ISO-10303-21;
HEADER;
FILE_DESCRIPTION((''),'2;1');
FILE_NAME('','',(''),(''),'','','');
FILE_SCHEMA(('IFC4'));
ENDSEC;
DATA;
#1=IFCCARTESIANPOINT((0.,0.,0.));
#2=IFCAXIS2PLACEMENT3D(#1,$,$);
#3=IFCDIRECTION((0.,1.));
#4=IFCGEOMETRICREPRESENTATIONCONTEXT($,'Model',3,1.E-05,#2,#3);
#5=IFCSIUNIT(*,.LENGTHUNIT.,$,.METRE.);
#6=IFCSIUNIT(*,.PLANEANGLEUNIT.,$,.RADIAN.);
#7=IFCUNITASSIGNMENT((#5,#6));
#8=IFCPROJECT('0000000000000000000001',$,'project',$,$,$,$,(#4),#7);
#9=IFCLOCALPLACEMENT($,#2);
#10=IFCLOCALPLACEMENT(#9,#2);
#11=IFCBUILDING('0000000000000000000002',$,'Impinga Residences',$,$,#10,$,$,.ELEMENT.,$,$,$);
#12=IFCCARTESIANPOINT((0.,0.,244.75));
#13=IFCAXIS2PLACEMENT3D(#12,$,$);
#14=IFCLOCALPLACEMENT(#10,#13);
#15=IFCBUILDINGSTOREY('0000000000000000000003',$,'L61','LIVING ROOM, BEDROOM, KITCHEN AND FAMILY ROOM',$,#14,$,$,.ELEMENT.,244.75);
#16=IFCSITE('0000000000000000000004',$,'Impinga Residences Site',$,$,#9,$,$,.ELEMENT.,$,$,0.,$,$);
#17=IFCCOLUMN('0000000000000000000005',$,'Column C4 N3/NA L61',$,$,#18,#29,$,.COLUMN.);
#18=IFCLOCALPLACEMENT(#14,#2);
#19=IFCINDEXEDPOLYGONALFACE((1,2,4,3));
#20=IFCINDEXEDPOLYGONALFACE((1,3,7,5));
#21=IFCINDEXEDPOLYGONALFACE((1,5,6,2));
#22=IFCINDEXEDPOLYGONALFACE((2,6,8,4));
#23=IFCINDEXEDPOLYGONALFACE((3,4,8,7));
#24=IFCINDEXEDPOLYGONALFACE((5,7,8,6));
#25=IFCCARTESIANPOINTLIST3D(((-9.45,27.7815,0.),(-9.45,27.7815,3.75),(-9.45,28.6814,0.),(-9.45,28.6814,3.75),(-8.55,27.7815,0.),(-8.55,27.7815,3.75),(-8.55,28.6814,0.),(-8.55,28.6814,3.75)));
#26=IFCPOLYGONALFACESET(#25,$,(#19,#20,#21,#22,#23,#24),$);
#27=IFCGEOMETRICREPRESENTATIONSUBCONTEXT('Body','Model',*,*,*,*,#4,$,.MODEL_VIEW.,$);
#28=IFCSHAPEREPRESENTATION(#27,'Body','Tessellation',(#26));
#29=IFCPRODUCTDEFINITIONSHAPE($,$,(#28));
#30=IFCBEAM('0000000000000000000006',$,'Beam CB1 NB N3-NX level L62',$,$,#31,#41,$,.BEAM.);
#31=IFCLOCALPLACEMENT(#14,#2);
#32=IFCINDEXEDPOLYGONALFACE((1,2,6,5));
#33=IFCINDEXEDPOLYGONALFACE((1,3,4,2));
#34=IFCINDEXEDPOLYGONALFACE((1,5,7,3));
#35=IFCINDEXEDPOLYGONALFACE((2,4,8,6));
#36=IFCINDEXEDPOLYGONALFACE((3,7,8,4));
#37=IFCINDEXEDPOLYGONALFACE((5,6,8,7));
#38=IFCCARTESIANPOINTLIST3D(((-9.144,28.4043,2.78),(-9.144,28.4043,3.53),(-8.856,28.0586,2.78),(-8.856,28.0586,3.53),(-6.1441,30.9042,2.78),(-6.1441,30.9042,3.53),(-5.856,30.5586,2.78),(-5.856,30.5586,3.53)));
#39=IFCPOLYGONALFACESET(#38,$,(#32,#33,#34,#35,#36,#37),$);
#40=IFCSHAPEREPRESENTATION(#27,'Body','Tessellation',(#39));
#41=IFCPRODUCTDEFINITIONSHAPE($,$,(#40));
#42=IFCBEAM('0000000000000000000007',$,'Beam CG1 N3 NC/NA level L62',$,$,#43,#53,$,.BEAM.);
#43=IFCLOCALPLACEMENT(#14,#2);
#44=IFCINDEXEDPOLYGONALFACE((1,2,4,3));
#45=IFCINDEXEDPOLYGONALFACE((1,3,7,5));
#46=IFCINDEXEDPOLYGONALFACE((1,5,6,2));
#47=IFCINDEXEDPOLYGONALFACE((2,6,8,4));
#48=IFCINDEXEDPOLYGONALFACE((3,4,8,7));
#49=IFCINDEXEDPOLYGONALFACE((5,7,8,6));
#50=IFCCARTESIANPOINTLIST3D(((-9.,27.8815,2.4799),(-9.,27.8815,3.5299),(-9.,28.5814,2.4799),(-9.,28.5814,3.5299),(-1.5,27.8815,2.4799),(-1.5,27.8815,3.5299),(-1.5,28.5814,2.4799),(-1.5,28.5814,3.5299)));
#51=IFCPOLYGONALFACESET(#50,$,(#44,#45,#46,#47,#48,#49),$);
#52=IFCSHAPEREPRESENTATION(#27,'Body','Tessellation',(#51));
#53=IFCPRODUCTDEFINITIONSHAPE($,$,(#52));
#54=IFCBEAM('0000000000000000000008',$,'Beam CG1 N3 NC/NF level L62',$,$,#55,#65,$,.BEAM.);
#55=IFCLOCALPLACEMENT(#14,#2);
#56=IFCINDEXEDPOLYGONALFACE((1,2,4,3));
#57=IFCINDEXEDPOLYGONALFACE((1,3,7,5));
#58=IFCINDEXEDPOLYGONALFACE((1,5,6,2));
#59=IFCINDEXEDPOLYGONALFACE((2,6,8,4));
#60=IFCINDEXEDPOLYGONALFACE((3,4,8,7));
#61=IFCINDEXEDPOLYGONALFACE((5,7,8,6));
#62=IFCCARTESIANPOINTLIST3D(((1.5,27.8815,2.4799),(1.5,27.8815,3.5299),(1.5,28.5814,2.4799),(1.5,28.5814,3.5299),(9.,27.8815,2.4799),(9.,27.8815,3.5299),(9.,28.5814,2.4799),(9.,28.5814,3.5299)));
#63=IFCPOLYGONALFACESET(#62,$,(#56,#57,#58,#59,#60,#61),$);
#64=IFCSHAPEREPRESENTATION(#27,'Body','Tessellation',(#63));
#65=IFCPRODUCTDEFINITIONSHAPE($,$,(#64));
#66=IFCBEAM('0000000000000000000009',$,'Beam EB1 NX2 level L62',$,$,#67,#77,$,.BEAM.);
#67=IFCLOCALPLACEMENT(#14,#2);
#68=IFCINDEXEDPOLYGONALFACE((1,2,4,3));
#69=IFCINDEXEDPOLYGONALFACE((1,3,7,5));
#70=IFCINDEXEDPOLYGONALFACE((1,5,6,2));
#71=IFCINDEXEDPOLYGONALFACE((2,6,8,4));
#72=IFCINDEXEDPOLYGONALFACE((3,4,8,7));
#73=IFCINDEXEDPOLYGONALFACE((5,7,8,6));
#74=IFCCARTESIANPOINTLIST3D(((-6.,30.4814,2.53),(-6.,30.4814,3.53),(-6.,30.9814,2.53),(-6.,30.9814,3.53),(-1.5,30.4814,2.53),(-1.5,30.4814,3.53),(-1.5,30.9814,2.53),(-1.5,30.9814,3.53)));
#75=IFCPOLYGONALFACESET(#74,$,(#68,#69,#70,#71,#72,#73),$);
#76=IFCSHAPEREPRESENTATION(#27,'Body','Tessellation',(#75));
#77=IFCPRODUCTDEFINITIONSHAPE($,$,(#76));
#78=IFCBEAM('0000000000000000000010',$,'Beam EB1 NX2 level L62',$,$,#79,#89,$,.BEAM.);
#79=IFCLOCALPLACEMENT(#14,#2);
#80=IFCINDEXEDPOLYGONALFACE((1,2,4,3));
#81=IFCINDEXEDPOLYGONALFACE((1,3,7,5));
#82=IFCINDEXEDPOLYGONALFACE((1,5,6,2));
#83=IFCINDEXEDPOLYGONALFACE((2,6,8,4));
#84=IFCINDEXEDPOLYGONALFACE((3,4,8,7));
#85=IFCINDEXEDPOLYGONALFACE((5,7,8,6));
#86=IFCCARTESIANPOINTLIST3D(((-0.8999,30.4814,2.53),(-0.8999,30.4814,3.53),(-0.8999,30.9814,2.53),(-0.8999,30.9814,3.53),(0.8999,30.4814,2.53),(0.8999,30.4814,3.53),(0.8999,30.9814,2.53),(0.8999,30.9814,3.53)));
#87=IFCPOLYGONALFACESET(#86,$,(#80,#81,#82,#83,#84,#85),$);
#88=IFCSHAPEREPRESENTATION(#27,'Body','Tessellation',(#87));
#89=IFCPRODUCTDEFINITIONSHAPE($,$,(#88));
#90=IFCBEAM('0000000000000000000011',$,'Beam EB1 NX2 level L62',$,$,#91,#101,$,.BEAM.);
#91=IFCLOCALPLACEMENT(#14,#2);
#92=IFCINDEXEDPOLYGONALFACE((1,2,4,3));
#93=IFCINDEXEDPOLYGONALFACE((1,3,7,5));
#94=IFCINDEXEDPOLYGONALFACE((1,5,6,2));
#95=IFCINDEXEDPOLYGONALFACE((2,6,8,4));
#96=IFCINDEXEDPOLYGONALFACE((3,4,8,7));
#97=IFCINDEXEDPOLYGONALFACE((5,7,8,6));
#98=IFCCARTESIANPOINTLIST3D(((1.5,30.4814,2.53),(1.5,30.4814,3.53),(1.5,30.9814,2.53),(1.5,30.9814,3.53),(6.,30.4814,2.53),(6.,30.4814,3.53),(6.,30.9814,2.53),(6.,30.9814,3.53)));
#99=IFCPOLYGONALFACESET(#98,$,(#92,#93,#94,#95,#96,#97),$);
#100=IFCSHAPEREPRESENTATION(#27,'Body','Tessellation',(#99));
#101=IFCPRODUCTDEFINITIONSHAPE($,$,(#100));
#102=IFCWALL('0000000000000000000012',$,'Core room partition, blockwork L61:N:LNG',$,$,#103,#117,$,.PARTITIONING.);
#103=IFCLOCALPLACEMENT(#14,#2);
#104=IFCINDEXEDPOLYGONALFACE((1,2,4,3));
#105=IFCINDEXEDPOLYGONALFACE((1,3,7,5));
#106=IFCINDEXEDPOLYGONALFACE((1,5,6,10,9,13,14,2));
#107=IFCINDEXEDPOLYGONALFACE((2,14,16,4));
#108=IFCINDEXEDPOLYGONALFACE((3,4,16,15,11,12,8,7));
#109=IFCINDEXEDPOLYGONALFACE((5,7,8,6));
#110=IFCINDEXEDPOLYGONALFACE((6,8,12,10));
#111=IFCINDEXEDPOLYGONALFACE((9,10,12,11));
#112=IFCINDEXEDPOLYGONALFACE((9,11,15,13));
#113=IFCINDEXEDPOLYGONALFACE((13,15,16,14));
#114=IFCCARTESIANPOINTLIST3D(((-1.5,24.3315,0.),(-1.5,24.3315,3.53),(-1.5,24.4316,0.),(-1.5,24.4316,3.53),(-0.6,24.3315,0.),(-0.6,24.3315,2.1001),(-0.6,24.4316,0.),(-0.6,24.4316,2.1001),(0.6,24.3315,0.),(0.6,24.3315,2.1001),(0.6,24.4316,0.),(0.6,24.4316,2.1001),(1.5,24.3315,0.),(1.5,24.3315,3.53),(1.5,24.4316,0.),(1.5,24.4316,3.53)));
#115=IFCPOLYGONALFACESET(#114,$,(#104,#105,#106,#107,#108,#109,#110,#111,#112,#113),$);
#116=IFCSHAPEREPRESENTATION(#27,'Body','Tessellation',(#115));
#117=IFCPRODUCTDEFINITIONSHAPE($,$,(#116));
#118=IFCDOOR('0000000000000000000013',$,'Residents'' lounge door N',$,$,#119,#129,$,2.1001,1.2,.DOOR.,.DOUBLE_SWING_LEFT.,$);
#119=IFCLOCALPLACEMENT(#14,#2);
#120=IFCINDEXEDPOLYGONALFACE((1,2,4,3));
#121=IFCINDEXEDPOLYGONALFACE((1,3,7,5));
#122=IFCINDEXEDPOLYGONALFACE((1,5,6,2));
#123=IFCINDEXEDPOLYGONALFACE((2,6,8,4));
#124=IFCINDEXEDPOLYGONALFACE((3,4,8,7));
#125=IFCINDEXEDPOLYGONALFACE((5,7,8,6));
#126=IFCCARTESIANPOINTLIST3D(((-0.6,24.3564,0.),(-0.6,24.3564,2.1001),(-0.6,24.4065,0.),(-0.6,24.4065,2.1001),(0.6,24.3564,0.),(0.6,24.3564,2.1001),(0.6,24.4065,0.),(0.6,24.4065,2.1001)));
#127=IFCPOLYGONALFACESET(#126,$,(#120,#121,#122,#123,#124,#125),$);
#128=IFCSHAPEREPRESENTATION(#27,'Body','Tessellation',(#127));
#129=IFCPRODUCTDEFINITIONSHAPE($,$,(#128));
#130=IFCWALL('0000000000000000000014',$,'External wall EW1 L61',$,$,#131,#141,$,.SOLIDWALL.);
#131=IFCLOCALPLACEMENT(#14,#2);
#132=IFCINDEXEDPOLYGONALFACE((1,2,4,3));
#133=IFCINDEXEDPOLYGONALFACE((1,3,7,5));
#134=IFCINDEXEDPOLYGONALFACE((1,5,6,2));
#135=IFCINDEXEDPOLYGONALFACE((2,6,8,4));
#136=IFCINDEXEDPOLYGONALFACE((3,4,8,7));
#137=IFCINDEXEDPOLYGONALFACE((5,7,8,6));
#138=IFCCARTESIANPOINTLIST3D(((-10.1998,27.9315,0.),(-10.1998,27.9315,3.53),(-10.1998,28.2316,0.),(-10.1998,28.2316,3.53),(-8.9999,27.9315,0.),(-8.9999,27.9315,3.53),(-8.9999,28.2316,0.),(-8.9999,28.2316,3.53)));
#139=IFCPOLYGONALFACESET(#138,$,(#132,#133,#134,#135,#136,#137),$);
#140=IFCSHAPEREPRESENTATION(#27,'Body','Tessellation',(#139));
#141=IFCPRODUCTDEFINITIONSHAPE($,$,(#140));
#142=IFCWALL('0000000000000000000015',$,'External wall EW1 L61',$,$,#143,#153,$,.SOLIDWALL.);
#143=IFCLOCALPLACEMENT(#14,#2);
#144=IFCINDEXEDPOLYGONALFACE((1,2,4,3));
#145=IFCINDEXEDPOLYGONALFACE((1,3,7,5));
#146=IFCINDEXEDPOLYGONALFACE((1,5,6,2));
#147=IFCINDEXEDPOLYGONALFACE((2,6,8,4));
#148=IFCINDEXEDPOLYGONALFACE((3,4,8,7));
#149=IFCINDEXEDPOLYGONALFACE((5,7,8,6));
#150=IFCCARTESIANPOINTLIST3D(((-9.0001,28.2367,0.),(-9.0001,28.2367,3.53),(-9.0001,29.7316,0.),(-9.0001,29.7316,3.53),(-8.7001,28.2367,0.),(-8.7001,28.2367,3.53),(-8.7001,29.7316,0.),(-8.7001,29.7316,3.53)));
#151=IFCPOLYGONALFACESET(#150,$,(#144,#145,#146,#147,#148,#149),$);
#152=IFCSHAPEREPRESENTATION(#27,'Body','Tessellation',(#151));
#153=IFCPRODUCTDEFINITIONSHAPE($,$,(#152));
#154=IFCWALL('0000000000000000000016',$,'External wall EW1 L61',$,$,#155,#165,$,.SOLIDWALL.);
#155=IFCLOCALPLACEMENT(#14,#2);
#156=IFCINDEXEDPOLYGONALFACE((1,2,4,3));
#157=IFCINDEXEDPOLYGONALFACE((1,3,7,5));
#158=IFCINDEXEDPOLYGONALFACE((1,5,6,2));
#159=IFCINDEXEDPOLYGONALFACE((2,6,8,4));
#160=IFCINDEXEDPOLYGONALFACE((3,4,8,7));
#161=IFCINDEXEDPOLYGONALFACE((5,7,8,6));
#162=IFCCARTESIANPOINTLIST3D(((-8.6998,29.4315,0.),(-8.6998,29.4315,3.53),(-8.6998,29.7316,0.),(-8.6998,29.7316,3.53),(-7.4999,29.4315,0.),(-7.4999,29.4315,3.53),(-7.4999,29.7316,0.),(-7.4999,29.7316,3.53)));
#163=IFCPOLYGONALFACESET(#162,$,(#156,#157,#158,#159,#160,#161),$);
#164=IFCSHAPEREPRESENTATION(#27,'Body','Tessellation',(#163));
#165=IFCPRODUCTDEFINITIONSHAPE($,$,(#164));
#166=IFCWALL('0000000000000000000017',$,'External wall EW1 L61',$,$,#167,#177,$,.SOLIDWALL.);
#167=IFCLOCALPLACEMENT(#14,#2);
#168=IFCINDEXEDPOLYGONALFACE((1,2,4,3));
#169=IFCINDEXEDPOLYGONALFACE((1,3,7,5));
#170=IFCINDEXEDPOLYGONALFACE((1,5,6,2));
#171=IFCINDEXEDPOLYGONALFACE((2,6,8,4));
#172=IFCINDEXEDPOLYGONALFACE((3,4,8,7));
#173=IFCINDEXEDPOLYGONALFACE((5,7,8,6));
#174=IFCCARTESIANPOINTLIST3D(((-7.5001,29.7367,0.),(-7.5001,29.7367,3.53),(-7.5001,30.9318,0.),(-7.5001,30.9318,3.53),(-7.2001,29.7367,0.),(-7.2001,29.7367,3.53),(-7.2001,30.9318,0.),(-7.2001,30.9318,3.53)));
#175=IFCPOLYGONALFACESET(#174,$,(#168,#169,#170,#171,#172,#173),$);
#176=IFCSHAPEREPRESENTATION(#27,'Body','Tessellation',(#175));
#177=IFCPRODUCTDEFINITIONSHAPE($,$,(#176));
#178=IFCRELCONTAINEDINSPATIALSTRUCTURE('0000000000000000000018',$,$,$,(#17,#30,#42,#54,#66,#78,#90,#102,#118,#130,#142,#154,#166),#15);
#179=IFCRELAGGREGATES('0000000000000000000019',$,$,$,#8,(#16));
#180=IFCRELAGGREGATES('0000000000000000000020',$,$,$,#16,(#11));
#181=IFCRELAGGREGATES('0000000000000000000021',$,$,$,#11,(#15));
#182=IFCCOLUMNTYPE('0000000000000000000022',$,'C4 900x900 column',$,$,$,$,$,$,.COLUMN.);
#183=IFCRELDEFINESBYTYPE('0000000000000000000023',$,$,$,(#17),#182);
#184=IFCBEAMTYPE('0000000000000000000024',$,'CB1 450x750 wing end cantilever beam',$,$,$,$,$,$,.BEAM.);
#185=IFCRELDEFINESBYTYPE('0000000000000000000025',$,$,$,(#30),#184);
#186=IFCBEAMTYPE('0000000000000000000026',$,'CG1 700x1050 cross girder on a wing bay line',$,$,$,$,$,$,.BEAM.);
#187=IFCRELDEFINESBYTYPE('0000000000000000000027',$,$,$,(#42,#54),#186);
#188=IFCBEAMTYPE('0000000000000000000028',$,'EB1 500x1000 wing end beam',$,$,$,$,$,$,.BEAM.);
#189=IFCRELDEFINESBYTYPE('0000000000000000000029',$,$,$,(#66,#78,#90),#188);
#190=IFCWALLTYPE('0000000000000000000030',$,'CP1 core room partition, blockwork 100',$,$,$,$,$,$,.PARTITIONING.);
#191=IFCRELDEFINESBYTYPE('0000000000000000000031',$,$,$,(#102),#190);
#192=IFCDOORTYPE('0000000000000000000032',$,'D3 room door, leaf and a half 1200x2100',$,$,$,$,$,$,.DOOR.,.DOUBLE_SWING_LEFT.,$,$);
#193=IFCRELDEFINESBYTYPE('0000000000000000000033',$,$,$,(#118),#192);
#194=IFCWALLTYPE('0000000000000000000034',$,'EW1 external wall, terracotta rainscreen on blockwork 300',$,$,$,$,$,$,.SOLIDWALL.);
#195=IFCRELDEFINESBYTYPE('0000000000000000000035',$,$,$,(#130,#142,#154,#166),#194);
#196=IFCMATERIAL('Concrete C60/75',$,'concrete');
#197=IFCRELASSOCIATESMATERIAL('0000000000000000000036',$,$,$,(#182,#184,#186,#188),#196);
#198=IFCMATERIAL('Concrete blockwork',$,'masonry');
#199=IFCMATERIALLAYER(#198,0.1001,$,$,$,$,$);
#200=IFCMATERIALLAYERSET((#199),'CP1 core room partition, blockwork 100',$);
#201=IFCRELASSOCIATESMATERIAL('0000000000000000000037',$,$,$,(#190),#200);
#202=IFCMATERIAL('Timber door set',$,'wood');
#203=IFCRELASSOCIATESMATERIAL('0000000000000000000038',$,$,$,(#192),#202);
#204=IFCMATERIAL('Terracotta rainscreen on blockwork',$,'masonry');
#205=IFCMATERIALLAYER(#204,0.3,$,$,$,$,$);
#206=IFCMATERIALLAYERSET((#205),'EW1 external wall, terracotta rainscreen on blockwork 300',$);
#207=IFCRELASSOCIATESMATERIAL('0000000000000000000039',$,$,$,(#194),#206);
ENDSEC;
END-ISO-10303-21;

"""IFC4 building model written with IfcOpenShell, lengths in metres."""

from ifc_helpers import new_model, si_unit, direction, frame, frame_2d, origin, origin_2d, place, context, subcontext, project, spatial, rectangle, extrude, material, layer, layer_set, material_profile, profile_set, type_object, element, fill, save


model = new_model("IFC4")

# Units and contexts
model_context = context("Model", 3, precision=1e-05, world=origin(), true_north=direction((0.0, 1.0)))
body_context = subcontext(model_context, "Body", "Model", "MODEL_VIEW")
ifc_project = project(units=[si_unit("LENGTHUNIT", "METRE"), si_unit("PLANEANGLEUNIT", "RADIAN")], contexts=[model_context])

# Site, building, storey
site_placement = place(None, origin())
site = spatial("IfcSite", under=ifc_project, at=site_placement, Name="Impinga Residences Site", CompositionType="ELEMENT", RefElevation=0.0)
building_placement = place(site_placement, origin())
building = spatial("IfcBuilding", under=site, at=building_placement, Name="Impinga Residences", CompositionType="ELEMENT")
storey_placement = place(building_placement, frame((0.0, 0.0, 244.75)))
storey = spatial("IfcBuildingStorey", under=building, at=storey_placement, Name="L61", Description="LIVING ROOM, BEDROOM, KITCHEN AND FAMILY ROOM", CompositionType="ELEMENT", Elevation=244.75)

# Column
ifc_material_1 = material(Name="Concrete C60/75", Category="concrete")
ifc_material_profile_1 = material_profile(ifc_material_1, rectangle(XDim=0.8999, YDim=0.8999, at=origin_2d()), Name="RC 900x900")
ifc_profile_set_1 = profile_set([ifc_material_profile_1], Name="Concrete C60/75")
column_type = type_object("IfcColumnType", Name="C4 900x900 column", PredefinedType="COLUMN", material=ifc_profile_set_1)
column_placement = place(storey_placement, frame((-9.0, 28.2314, 0.0), z_axis=(0.0, 0.0, 1.0), x_axis=(1.0, 0.0, 0.0)))
element("IfcColumn", 1, at=column_placement, inside=storey, type_object=column_type, Name="Column C4 N3/NA L61", PredefinedType="COLUMN", context=body_context, shape_type="SweptSolid", body=[
    extrude(rectangle(XDim=0.8999, YDim=0.8999, at=origin_2d()), origin(), (0.0, 0.0, 1.0), 3.75),
])

# Beams
ifc_material_profile_2 = material_profile(ifc_material_1, rectangle(XDim=0.45, YDim=0.75, at=origin_2d()), Name="RC 450x750")
ifc_profile_set_2 = profile_set([ifc_material_profile_2], Name="Concrete C60/75")
beam_type_1 = type_object("IfcBeamType", Name="CB1 450x750 wing end cantilever beam", PredefinedType="BEAM", material=ifc_profile_set_2)
beam_1_placement = place(storey_placement, frame((-9.0, 28.2314, 3.155), z_axis=(0.768221, 0.640184, 0.0), x_axis=(-0.640184, 0.768221, 0.0)))
element("IfcBeam", 2, at=beam_1_placement, inside=storey, type_object=beam_type_1, Name="Beam CB1 NB N3-NX level L62", PredefinedType="BEAM", context=body_context, shape_type="SweptSolid", body=[
    extrude(rectangle(XDim=0.45, YDim=0.75, at=origin_2d()), origin(), (0.0, 0.0, 1.0), 3.905),
])
ifc_material_profile_3 = material_profile(ifc_material_1, rectangle(XDim=0.7, YDim=1.05, at=origin_2d()), Name="RC 700x1050")
ifc_profile_set_3 = profile_set([ifc_material_profile_3], Name="Concrete C60/75")
beam_type_2 = type_object("IfcBeamType", Name="CG1 700x1050 cross girder on a wing bay line", PredefinedType="BEAM", material=ifc_profile_set_3)
for number, where, z_axis, x_axis, name in (
    (3, (-1.5, 28.2314, 3.0049), (-1.0, 0.0, 0.0), (0.0, -1.0, 0.0), "Beam CG1 N3 NC/NA level L62"),
    (4, (1.5, 28.2314, 3.0049), (1.0, 0.0, 0.0), (0.0, 1.0, 0.0), "Beam CG1 N3 NC/NF level L62"),
):
    element("IfcBeam", number, at=place(storey_placement, frame(where, z_axis=z_axis, x_axis=x_axis)), inside=storey, type_object=beam_type_2, Name=name, PredefinedType="BEAM", context=body_context, shape_type="SweptSolid", body=[
        extrude(rectangle(XDim=0.7, YDim=1.05, at=origin_2d()), origin(), (0.0, 0.0, 1.0), 7.5),
    ])
ifc_material_profile_4 = material_profile(ifc_material_1, rectangle(XDim=0.5, YDim=1.0, at=origin_2d()), Name="RC 500x1000")
ifc_profile_set_4 = profile_set([ifc_material_profile_4], Name="Concrete C60/75")
beam_type_3 = type_object("IfcBeamType", Name="EB1 500x1000 wing end beam", PredefinedType="BEAM", material=ifc_profile_set_4)
beam_2_placement = place(storey_placement, frame((-6.0, 30.7314, 3.03), z_axis=(1.0, 0.0, 0.0), x_axis=(0.0, 1.0, 0.0)))
element("IfcBeam", 5, at=beam_2_placement, inside=storey, type_object=beam_type_3, Name="Beam EB1 NX2 level L62", PredefinedType="BEAM", context=body_context, shape_type="SweptSolid", body=[
    extrude(rectangle(XDim=0.5, YDim=1.0, at=origin_2d()), origin(), (0.0, 0.0, 1.0), 4.5),
])
beam_3_placement = place(storey_placement, frame((-0.8999, 30.7314, 3.03), z_axis=(1.0, 0.0, 0.0), x_axis=(0.0, 1.0, 0.0)))
element("IfcBeam", 6, at=beam_3_placement, inside=storey, type_object=beam_type_3, Name="Beam EB1 NX2 level L62", PredefinedType="BEAM", context=body_context, shape_type="SweptSolid", body=[
    extrude(rectangle(XDim=0.5, YDim=1.0, at=origin_2d()), origin(), (0.0, 0.0, 1.0), 1.7998),
])
beam_4_placement = place(storey_placement, frame((1.5, 30.7314, 3.03), z_axis=(1.0, 0.0, 0.0), x_axis=(0.0, 1.0, 0.0)))
element("IfcBeam", 7, at=beam_4_placement, inside=storey, type_object=beam_type_3, Name="Beam EB1 NX2 level L62", PredefinedType="BEAM", context=body_context, shape_type="SweptSolid", body=[
    extrude(rectangle(XDim=0.5, YDim=1.0, at=origin_2d()), origin(), (0.0, 0.0, 1.0), 4.5),
])

# Wall, opening, door
ifc_material_2 = material(Name="Concrete blockwork", Category="masonry")
ifc_layer_1 = layer(ifc_material_2, 0.1001)
ifc_layer_set_1 = layer_set([ifc_layer_1], Name="CP1 core room partition, blockwork 100")
wall_type_1 = type_object("IfcWallType", Name="CP1 core room partition, blockwork 100", PredefinedType="PARTITIONING", material=ifc_layer_set_1)
wall_1_placement = place(storey_placement, frame((-1.5, 24.3816, 0.0), z_axis=(0.0, 0.0, 1.0), x_axis=(1.0, 0.0, 0.0)))
wall_1 = element("IfcWall", 8, at=wall_1_placement, inside=storey, type_object=wall_type_1, Name="Core room partition, blockwork L61:N:LNG", PredefinedType="PARTITIONING", context=body_context, shape_type="SweptSolid", body=[
    extrude(rectangle(XDim=3.0, YDim=0.1001, at=frame_2d((1.5, 0.0))), origin(), (0.0, 0.0, 1.0), 3.53),
])
opening_1_placement = place(wall_1_placement, frame((0.8999, 0.0, 0.0)))
opening_1 = element("IfcOpeningElement", 9, at=opening_1_placement, cuts=wall_1, PredefinedType="OPENING", context=body_context, shape_type="SweptSolid", body=[
    extrude(rectangle(XDim=1.2, YDim=2.1001, at=frame_2d((0.6001, 1.05))), frame((0.0, 0.0601, 0.0), z_axis=(0.0, -1.0, 0.0), x_axis=(1.0, 0.0, 0.0)), (0.0, 0.0, 1.0), 0.1201),
])
ifc_material_3 = material(Name="Timber door set", Category="wood")
door_type_1 = type_object("IfcDoorType", Name="D3 room door, leaf and a half 1200x2100", OperationType="DOUBLE_SWING_LEFT", PredefinedType="DOOR", material=ifc_material_3)
door_1_placement = place(opening_1_placement, origin())
door_1 = element("IfcDoor", 10, at=door_1_placement, inside=storey, type_object=door_type_1, Name="Residents' lounge door N", OperationType="DOUBLE_SWING_LEFT", OverallHeight=2.1001, OverallWidth=1.2, PredefinedType="DOOR", context=body_context, shape_type="SweptSolid", body=[
    extrude(rectangle(XDim=1.2, YDim=2.1001, at=frame_2d((0.6001, 1.05))), frame((0.0, 0.0249, 0.0), z_axis=(0.0, -1.0, 0.0), x_axis=(1.0, 0.0, 0.0)), (0.0, 0.0, 1.0), 0.05),
])
fill(opening_1, door_1)

# Walls
ifc_material_4 = material(Name="Terracotta rainscreen on blockwork", Category="masonry")
ifc_layer_2 = layer(ifc_material_4, 0.3)
ifc_layer_set_2 = layer_set([ifc_layer_2], Name="EW1 external wall, terracotta rainscreen on blockwork 300")
wall_type_2 = type_object("IfcWallType", Name="EW1 external wall, terracotta rainscreen on blockwork 300", PredefinedType="SOLIDWALL", material=ifc_layer_set_2)
wall_2_placement = place(storey_placement, frame((-10.2, 28.0815, 0.0), z_axis=(0.0, 0.0, 1.0), x_axis=(1.0, 0.0, 0.0)))
element("IfcWall", 11, at=wall_2_placement, inside=storey, type_object=wall_type_2, Name="External wall EW1 L61", PredefinedType="SOLIDWALL", context=body_context, shape_type="SweptSolid", body=[
    extrude(rectangle(XDim=1.2, YDim=0.3, at=frame_2d((0.6001, 0.0))), origin(), (0.0, 0.0, 1.0), 3.53),
])
wall_3_placement = place(storey_placement, frame((-8.8501, 28.2366, 0.0), z_axis=(0.0, 0.0, 1.0), x_axis=(0.0, 1.0, 0.0)))
element("IfcWall", 12, at=wall_3_placement, inside=storey, type_object=wall_type_2, Name="External wall EW1 L61", PredefinedType="SOLIDWALL", context=body_context, shape_type="SweptSolid", body=[
    extrude(rectangle(XDim=1.4949, YDim=0.3, at=frame_2d((0.7476, 0.0))), origin(), (0.0, 0.0, 1.0), 3.53),
])
wall_4_placement = place(storey_placement, frame((-8.7, 29.5815, 0.0), z_axis=(0.0, 0.0, 1.0), x_axis=(1.0, 0.0, 0.0)))
element("IfcWall", 13, at=wall_4_placement, inside=storey, type_object=wall_type_2, Name="External wall EW1 L61", PredefinedType="SOLIDWALL", context=body_context, shape_type="SweptSolid", body=[
    extrude(rectangle(XDim=1.2, YDim=0.3, at=frame_2d((0.6001, 0.0))), origin(), (0.0, 0.0, 1.0), 3.53),
])
wall_5_placement = place(storey_placement, frame((-7.3501, 29.7366, 0.0), z_axis=(0.0, 0.0, 1.0), x_axis=(0.0, 1.0, 0.0)))
element("IfcWall", 14, at=wall_5_placement, inside=storey, type_object=wall_type_2, Name="External wall EW1 L61", PredefinedType="SOLIDWALL", context=body_context, shape_type="SweptSolid", body=[
    extrude(rectangle(XDim=1.1951, YDim=0.3, at=frame_2d((0.5977, 0.0))), origin(), (0.0, 0.0, 1.0), 3.53),
])

save(model, "model.ifc")
